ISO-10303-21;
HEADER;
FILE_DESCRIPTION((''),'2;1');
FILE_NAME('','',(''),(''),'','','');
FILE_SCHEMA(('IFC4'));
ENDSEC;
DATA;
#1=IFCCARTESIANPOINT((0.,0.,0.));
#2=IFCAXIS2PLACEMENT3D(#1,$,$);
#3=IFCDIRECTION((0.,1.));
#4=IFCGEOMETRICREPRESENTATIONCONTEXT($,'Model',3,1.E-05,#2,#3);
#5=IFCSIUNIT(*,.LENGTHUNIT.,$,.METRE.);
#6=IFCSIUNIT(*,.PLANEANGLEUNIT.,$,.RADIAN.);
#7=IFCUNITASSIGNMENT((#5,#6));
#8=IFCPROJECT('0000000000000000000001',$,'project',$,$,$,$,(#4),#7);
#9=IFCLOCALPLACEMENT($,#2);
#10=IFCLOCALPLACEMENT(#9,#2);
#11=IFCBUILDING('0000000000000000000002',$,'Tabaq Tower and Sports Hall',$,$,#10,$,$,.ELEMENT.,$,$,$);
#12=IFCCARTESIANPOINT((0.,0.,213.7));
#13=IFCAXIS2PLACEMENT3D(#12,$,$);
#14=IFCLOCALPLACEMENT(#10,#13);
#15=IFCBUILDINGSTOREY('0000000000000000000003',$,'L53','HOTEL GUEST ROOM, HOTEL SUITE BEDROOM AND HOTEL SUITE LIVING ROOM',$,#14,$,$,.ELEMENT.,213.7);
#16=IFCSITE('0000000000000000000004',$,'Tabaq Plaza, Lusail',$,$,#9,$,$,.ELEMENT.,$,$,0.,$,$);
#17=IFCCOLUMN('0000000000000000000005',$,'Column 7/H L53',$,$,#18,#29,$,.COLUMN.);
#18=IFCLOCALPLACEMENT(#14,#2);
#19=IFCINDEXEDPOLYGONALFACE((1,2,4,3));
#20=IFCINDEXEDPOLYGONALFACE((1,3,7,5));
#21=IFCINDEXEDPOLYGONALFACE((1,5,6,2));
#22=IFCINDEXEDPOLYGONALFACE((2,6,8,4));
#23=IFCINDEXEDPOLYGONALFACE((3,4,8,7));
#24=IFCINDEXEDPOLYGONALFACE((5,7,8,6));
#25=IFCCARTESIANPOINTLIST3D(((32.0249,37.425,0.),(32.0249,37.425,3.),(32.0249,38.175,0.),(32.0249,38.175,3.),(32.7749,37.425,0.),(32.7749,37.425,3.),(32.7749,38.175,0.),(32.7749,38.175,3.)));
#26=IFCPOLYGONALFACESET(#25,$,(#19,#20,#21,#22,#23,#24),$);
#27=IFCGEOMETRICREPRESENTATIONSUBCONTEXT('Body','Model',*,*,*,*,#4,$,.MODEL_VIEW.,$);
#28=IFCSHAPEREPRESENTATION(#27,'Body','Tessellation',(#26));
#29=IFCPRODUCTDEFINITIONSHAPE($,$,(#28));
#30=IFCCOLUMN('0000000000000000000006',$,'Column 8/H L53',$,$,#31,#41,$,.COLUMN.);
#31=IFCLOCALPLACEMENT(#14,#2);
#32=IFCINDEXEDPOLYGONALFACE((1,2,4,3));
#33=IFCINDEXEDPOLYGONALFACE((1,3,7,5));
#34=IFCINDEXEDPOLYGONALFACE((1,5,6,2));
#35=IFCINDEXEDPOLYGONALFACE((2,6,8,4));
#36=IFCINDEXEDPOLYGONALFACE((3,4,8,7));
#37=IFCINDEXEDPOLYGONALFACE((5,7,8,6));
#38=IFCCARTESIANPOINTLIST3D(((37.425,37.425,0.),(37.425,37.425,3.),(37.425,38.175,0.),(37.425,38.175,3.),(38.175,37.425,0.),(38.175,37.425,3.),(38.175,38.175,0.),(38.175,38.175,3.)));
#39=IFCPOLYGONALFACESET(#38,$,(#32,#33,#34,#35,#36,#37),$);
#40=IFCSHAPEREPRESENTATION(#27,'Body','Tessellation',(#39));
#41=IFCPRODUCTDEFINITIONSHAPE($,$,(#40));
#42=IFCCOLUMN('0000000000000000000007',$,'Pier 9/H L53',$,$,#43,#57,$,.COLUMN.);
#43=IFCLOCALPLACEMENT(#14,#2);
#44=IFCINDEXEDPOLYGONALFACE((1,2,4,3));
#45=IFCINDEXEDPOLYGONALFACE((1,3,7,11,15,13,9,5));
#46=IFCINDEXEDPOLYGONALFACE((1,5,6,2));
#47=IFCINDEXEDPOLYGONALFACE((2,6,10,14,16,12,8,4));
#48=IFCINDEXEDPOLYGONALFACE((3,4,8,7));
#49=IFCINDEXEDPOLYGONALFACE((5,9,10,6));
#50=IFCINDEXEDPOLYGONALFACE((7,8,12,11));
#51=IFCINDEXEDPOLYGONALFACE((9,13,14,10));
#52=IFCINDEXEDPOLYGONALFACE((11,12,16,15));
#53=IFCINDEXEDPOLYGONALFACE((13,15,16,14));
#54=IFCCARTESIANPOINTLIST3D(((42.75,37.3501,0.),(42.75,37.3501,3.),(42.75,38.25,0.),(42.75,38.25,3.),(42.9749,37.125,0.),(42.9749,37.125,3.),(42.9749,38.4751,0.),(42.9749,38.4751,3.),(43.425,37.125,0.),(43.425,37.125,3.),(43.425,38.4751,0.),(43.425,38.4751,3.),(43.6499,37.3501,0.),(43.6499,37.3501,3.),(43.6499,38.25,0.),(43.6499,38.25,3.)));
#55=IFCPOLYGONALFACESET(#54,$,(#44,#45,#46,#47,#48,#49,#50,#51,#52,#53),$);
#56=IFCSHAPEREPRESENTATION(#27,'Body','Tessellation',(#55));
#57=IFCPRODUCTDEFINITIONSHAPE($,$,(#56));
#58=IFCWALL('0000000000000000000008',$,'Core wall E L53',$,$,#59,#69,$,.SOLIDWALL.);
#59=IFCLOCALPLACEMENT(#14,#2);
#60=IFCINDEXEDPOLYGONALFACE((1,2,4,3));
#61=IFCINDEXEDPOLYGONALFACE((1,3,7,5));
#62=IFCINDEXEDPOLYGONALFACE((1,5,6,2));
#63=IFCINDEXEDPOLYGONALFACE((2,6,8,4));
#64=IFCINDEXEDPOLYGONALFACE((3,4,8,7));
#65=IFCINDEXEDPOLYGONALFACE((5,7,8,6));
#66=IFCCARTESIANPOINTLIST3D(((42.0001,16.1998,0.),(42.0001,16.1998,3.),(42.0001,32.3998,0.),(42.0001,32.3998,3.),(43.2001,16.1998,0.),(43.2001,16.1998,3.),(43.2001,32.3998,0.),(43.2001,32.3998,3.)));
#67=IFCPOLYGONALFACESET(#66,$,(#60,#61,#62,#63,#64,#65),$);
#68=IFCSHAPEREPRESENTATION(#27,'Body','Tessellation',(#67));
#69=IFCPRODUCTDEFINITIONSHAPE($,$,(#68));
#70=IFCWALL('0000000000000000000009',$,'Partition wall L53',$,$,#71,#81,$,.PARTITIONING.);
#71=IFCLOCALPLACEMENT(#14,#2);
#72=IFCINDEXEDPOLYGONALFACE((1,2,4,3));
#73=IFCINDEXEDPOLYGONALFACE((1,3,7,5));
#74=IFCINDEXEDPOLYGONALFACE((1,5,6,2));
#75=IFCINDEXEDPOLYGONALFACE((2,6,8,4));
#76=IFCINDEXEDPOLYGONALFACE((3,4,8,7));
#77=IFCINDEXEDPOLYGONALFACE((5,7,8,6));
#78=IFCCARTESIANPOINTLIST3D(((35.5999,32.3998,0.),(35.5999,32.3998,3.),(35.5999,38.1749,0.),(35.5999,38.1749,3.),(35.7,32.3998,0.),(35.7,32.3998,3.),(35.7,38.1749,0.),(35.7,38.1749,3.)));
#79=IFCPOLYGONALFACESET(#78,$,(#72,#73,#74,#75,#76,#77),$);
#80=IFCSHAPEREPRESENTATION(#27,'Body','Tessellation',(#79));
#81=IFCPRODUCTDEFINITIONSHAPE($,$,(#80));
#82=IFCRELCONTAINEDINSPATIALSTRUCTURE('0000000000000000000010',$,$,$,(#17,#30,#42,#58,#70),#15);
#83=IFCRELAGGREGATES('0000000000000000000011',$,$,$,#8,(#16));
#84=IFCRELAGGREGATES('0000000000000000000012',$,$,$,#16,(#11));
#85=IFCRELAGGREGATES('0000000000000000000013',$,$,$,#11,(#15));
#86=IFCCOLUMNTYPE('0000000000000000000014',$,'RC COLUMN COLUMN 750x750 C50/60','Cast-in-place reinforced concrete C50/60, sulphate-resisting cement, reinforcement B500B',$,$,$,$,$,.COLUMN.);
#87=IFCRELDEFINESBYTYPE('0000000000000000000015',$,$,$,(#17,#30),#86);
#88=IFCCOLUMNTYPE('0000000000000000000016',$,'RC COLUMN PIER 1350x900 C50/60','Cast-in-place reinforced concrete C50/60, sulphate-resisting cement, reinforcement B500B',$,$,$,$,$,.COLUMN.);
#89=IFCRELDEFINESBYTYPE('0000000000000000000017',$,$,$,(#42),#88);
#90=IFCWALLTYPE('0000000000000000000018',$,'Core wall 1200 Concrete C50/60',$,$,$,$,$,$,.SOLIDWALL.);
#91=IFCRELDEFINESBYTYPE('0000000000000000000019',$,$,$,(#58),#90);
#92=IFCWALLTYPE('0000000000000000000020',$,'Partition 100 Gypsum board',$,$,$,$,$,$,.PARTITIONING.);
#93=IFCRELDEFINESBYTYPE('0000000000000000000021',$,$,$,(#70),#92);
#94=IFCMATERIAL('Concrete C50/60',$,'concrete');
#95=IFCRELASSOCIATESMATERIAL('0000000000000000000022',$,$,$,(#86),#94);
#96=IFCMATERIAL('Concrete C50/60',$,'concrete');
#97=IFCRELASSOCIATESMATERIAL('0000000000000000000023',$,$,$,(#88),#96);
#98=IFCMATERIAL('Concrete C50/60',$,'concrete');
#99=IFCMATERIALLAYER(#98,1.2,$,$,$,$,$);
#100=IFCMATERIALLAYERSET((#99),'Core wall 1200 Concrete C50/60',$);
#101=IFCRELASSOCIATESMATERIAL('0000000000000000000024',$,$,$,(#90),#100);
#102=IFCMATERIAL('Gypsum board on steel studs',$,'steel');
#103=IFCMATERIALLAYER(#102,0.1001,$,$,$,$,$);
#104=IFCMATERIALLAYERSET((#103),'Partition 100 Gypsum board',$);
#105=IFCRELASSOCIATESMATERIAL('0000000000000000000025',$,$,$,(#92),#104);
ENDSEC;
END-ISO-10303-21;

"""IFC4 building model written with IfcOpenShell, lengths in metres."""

from ifc_helpers import new_model, si_unit, direction, frame, frame_2d, origin, origin_2d, place, context, subcontext, project, spatial, polyline, rectangle, outline, extrude, material, layer, layer_set, material_profile, profile_set, type_object, element, save


model = new_model("IFC4")

# Units and contexts
model_context = context("Model", 3, precision=1e-05, world=origin(), true_north=direction((0.0, 1.0)))
body_context = subcontext(model_context, "Body", "Model", "MODEL_VIEW")
ifc_project = project(units=[si_unit("LENGTHUNIT", "METRE"), si_unit("PLANEANGLEUNIT", "RADIAN")], contexts=[model_context])

# Site, building, storey
site_placement = place(None, origin())
site = spatial("IfcSite", under=ifc_project, at=site_placement, Name="Tabaq Plaza, Lusail", CompositionType="ELEMENT", RefElevation=0.0)
building_placement = place(site_placement, origin())
building = spatial("IfcBuilding", under=site, at=building_placement, Name="Tabaq Tower and Sports Hall", CompositionType="ELEMENT")
storey_placement = place(building_placement, frame((0.0, 0.0, 213.7)))
storey = spatial("IfcBuildingStorey", under=building, at=storey_placement, Name="L53", Description="HOTEL GUEST ROOM, HOTEL SUITE BEDROOM AND HOTEL SUITE LIVING ROOM", CompositionType="ELEMENT", Elevation=213.7)

# Columns
ifc_material_1 = material(Name="Concrete C50/60", Category="concrete")
ifc_material_profile_1 = material_profile(ifc_material_1, rectangle(XDim=0.75, YDim=0.75, at=origin_2d()), Name="COLUMN 750x750")
ifc_profile_set_1 = profile_set([ifc_material_profile_1], Name="Concrete C50/60")
column_type_1 = type_object("IfcColumnType", Name="RC COLUMN COLUMN 750x750 C50/60", Description="Cast-in-place reinforced concrete C50/60, sulphate-resisting cement, reinforcement B500B", PredefinedType="COLUMN", material=ifc_profile_set_1)
for number, where, z_axis, x_axis, name in (
    (1, (32.3999, 37.8, 0.0), (0.0, 0.0, 1.0), (1.0, 0.0, 0.0), "Column 7/H L53"),
    (2, (37.8, 37.8, 0.0), (0.0, 0.0, 1.0), (1.0, 0.0, 0.0), "Column 8/H L53"),
):
    element("IfcColumn", number, at=place(storey_placement, frame(where, z_axis=z_axis, x_axis=x_axis)), inside=storey, type_object=column_type_1, Name=name, PredefinedType="COLUMN", context=body_context, shape_type="SweptSolid", body=[
        extrude(rectangle(XDim=0.75, YDim=0.75, at=origin_2d()), origin(), (0.0, 0.0, 1.0), 3.0),
    ])
ifc_material_2 = material(Name="Concrete C50/60", Category="concrete")
ifc_material_profile_2 = material_profile(ifc_material_2, outline(polyline([(-0.45, -0.45), (0.45, -0.45), (0.675, -0.2251), (0.675, 0.2251), (0.45, 0.45), (-0.45, 0.45), (-0.675, 0.2251), (-0.675, -0.2251), (-0.45, -0.45)])), Name="PIER 1350x900")
ifc_profile_set_2 = profile_set([ifc_material_profile_2], Name="Concrete C50/60")
column_type_2 = type_object("IfcColumnType", Name="RC COLUMN PIER 1350x900 C50/60", Description="Cast-in-place reinforced concrete C50/60, sulphate-resisting cement, reinforcement B500B", PredefinedType="COLUMN", material=ifc_profile_set_2)
column_placement = place(storey_placement, frame((43.2, 37.8, 0.0), z_axis=(0.0, 0.0, 1.0), x_axis=(0.0, 1.0, 0.0)))
element("IfcColumn", 3, at=column_placement, inside=storey, type_object=column_type_2, Name="Pier 9/H L53", PredefinedType="COLUMN", context=body_context, shape_type="SweptSolid", body=[
    extrude(outline(polyline([(-0.45, -0.45), (0.45, -0.45), (0.675, -0.2251), (0.675, 0.2251), (0.45, 0.45), (-0.45, 0.45), (-0.675, 0.2251), (-0.675, -0.2251), (-0.45, -0.45)])), origin(), (0.0, 0.0, 1.0), 3.0),
])

# Walls
ifc_material_3 = material(Name="Concrete C50/60", Category="concrete")
ifc_layer_1 = layer(ifc_material_3, 1.2)
ifc_layer_set_1 = layer_set([ifc_layer_1], Name="Core wall 1200 Concrete C50/60")
wall_type_1 = type_object("IfcWallType", Name="Core wall 1200 Concrete C50/60", PredefinedType="SOLIDWALL", material=ifc_layer_set_1)
wall_1_placement = place(storey_placement, frame((42.6001, 32.3999, 0.0), z_axis=(0.0, 0.0, 1.0), x_axis=(0.0, -1.0, 0.0)))
element("IfcWall", 4, at=wall_1_placement, inside=storey, type_object=wall_type_1, Name="Core wall E L53", PredefinedType="SOLIDWALL", context=body_context, shape_type="SweptSolid", body=[
    extrude(rectangle(XDim=16.2, YDim=1.2, at=frame_2d((8.1001, 0.0))), origin(), (0.0, 0.0, 1.0), 3.0),
])
ifc_material_4 = material(Name="Gypsum board on steel studs", Category="steel")
ifc_layer_2 = layer(ifc_material_4, 0.1001)
ifc_layer_set_2 = layer_set([ifc_layer_2], Name="Partition 100 Gypsum board")
wall_type_2 = type_object("IfcWallType", Name="Partition 100 Gypsum board", PredefinedType="PARTITIONING", material=ifc_layer_set_2)
wall_2_placement = place(storey_placement, frame((35.6499, 38.175, 0.0), z_axis=(0.0, 0.0, 1.0), x_axis=(0.0, -1.0, 0.0)))
element("IfcWall", 5, at=wall_2_placement, inside=storey, type_object=wall_type_2, Name="Partition wall L53", PredefinedType="PARTITIONING", context=body_context, shape_type="SweptSolid", body=[
    extrude(rectangle(XDim=5.7751, YDim=0.1001, at=frame_2d((2.8877, 0.0))), origin(), (0.0, 0.0, 1.0), 3.0),
])

save(model, "model.ifc")
